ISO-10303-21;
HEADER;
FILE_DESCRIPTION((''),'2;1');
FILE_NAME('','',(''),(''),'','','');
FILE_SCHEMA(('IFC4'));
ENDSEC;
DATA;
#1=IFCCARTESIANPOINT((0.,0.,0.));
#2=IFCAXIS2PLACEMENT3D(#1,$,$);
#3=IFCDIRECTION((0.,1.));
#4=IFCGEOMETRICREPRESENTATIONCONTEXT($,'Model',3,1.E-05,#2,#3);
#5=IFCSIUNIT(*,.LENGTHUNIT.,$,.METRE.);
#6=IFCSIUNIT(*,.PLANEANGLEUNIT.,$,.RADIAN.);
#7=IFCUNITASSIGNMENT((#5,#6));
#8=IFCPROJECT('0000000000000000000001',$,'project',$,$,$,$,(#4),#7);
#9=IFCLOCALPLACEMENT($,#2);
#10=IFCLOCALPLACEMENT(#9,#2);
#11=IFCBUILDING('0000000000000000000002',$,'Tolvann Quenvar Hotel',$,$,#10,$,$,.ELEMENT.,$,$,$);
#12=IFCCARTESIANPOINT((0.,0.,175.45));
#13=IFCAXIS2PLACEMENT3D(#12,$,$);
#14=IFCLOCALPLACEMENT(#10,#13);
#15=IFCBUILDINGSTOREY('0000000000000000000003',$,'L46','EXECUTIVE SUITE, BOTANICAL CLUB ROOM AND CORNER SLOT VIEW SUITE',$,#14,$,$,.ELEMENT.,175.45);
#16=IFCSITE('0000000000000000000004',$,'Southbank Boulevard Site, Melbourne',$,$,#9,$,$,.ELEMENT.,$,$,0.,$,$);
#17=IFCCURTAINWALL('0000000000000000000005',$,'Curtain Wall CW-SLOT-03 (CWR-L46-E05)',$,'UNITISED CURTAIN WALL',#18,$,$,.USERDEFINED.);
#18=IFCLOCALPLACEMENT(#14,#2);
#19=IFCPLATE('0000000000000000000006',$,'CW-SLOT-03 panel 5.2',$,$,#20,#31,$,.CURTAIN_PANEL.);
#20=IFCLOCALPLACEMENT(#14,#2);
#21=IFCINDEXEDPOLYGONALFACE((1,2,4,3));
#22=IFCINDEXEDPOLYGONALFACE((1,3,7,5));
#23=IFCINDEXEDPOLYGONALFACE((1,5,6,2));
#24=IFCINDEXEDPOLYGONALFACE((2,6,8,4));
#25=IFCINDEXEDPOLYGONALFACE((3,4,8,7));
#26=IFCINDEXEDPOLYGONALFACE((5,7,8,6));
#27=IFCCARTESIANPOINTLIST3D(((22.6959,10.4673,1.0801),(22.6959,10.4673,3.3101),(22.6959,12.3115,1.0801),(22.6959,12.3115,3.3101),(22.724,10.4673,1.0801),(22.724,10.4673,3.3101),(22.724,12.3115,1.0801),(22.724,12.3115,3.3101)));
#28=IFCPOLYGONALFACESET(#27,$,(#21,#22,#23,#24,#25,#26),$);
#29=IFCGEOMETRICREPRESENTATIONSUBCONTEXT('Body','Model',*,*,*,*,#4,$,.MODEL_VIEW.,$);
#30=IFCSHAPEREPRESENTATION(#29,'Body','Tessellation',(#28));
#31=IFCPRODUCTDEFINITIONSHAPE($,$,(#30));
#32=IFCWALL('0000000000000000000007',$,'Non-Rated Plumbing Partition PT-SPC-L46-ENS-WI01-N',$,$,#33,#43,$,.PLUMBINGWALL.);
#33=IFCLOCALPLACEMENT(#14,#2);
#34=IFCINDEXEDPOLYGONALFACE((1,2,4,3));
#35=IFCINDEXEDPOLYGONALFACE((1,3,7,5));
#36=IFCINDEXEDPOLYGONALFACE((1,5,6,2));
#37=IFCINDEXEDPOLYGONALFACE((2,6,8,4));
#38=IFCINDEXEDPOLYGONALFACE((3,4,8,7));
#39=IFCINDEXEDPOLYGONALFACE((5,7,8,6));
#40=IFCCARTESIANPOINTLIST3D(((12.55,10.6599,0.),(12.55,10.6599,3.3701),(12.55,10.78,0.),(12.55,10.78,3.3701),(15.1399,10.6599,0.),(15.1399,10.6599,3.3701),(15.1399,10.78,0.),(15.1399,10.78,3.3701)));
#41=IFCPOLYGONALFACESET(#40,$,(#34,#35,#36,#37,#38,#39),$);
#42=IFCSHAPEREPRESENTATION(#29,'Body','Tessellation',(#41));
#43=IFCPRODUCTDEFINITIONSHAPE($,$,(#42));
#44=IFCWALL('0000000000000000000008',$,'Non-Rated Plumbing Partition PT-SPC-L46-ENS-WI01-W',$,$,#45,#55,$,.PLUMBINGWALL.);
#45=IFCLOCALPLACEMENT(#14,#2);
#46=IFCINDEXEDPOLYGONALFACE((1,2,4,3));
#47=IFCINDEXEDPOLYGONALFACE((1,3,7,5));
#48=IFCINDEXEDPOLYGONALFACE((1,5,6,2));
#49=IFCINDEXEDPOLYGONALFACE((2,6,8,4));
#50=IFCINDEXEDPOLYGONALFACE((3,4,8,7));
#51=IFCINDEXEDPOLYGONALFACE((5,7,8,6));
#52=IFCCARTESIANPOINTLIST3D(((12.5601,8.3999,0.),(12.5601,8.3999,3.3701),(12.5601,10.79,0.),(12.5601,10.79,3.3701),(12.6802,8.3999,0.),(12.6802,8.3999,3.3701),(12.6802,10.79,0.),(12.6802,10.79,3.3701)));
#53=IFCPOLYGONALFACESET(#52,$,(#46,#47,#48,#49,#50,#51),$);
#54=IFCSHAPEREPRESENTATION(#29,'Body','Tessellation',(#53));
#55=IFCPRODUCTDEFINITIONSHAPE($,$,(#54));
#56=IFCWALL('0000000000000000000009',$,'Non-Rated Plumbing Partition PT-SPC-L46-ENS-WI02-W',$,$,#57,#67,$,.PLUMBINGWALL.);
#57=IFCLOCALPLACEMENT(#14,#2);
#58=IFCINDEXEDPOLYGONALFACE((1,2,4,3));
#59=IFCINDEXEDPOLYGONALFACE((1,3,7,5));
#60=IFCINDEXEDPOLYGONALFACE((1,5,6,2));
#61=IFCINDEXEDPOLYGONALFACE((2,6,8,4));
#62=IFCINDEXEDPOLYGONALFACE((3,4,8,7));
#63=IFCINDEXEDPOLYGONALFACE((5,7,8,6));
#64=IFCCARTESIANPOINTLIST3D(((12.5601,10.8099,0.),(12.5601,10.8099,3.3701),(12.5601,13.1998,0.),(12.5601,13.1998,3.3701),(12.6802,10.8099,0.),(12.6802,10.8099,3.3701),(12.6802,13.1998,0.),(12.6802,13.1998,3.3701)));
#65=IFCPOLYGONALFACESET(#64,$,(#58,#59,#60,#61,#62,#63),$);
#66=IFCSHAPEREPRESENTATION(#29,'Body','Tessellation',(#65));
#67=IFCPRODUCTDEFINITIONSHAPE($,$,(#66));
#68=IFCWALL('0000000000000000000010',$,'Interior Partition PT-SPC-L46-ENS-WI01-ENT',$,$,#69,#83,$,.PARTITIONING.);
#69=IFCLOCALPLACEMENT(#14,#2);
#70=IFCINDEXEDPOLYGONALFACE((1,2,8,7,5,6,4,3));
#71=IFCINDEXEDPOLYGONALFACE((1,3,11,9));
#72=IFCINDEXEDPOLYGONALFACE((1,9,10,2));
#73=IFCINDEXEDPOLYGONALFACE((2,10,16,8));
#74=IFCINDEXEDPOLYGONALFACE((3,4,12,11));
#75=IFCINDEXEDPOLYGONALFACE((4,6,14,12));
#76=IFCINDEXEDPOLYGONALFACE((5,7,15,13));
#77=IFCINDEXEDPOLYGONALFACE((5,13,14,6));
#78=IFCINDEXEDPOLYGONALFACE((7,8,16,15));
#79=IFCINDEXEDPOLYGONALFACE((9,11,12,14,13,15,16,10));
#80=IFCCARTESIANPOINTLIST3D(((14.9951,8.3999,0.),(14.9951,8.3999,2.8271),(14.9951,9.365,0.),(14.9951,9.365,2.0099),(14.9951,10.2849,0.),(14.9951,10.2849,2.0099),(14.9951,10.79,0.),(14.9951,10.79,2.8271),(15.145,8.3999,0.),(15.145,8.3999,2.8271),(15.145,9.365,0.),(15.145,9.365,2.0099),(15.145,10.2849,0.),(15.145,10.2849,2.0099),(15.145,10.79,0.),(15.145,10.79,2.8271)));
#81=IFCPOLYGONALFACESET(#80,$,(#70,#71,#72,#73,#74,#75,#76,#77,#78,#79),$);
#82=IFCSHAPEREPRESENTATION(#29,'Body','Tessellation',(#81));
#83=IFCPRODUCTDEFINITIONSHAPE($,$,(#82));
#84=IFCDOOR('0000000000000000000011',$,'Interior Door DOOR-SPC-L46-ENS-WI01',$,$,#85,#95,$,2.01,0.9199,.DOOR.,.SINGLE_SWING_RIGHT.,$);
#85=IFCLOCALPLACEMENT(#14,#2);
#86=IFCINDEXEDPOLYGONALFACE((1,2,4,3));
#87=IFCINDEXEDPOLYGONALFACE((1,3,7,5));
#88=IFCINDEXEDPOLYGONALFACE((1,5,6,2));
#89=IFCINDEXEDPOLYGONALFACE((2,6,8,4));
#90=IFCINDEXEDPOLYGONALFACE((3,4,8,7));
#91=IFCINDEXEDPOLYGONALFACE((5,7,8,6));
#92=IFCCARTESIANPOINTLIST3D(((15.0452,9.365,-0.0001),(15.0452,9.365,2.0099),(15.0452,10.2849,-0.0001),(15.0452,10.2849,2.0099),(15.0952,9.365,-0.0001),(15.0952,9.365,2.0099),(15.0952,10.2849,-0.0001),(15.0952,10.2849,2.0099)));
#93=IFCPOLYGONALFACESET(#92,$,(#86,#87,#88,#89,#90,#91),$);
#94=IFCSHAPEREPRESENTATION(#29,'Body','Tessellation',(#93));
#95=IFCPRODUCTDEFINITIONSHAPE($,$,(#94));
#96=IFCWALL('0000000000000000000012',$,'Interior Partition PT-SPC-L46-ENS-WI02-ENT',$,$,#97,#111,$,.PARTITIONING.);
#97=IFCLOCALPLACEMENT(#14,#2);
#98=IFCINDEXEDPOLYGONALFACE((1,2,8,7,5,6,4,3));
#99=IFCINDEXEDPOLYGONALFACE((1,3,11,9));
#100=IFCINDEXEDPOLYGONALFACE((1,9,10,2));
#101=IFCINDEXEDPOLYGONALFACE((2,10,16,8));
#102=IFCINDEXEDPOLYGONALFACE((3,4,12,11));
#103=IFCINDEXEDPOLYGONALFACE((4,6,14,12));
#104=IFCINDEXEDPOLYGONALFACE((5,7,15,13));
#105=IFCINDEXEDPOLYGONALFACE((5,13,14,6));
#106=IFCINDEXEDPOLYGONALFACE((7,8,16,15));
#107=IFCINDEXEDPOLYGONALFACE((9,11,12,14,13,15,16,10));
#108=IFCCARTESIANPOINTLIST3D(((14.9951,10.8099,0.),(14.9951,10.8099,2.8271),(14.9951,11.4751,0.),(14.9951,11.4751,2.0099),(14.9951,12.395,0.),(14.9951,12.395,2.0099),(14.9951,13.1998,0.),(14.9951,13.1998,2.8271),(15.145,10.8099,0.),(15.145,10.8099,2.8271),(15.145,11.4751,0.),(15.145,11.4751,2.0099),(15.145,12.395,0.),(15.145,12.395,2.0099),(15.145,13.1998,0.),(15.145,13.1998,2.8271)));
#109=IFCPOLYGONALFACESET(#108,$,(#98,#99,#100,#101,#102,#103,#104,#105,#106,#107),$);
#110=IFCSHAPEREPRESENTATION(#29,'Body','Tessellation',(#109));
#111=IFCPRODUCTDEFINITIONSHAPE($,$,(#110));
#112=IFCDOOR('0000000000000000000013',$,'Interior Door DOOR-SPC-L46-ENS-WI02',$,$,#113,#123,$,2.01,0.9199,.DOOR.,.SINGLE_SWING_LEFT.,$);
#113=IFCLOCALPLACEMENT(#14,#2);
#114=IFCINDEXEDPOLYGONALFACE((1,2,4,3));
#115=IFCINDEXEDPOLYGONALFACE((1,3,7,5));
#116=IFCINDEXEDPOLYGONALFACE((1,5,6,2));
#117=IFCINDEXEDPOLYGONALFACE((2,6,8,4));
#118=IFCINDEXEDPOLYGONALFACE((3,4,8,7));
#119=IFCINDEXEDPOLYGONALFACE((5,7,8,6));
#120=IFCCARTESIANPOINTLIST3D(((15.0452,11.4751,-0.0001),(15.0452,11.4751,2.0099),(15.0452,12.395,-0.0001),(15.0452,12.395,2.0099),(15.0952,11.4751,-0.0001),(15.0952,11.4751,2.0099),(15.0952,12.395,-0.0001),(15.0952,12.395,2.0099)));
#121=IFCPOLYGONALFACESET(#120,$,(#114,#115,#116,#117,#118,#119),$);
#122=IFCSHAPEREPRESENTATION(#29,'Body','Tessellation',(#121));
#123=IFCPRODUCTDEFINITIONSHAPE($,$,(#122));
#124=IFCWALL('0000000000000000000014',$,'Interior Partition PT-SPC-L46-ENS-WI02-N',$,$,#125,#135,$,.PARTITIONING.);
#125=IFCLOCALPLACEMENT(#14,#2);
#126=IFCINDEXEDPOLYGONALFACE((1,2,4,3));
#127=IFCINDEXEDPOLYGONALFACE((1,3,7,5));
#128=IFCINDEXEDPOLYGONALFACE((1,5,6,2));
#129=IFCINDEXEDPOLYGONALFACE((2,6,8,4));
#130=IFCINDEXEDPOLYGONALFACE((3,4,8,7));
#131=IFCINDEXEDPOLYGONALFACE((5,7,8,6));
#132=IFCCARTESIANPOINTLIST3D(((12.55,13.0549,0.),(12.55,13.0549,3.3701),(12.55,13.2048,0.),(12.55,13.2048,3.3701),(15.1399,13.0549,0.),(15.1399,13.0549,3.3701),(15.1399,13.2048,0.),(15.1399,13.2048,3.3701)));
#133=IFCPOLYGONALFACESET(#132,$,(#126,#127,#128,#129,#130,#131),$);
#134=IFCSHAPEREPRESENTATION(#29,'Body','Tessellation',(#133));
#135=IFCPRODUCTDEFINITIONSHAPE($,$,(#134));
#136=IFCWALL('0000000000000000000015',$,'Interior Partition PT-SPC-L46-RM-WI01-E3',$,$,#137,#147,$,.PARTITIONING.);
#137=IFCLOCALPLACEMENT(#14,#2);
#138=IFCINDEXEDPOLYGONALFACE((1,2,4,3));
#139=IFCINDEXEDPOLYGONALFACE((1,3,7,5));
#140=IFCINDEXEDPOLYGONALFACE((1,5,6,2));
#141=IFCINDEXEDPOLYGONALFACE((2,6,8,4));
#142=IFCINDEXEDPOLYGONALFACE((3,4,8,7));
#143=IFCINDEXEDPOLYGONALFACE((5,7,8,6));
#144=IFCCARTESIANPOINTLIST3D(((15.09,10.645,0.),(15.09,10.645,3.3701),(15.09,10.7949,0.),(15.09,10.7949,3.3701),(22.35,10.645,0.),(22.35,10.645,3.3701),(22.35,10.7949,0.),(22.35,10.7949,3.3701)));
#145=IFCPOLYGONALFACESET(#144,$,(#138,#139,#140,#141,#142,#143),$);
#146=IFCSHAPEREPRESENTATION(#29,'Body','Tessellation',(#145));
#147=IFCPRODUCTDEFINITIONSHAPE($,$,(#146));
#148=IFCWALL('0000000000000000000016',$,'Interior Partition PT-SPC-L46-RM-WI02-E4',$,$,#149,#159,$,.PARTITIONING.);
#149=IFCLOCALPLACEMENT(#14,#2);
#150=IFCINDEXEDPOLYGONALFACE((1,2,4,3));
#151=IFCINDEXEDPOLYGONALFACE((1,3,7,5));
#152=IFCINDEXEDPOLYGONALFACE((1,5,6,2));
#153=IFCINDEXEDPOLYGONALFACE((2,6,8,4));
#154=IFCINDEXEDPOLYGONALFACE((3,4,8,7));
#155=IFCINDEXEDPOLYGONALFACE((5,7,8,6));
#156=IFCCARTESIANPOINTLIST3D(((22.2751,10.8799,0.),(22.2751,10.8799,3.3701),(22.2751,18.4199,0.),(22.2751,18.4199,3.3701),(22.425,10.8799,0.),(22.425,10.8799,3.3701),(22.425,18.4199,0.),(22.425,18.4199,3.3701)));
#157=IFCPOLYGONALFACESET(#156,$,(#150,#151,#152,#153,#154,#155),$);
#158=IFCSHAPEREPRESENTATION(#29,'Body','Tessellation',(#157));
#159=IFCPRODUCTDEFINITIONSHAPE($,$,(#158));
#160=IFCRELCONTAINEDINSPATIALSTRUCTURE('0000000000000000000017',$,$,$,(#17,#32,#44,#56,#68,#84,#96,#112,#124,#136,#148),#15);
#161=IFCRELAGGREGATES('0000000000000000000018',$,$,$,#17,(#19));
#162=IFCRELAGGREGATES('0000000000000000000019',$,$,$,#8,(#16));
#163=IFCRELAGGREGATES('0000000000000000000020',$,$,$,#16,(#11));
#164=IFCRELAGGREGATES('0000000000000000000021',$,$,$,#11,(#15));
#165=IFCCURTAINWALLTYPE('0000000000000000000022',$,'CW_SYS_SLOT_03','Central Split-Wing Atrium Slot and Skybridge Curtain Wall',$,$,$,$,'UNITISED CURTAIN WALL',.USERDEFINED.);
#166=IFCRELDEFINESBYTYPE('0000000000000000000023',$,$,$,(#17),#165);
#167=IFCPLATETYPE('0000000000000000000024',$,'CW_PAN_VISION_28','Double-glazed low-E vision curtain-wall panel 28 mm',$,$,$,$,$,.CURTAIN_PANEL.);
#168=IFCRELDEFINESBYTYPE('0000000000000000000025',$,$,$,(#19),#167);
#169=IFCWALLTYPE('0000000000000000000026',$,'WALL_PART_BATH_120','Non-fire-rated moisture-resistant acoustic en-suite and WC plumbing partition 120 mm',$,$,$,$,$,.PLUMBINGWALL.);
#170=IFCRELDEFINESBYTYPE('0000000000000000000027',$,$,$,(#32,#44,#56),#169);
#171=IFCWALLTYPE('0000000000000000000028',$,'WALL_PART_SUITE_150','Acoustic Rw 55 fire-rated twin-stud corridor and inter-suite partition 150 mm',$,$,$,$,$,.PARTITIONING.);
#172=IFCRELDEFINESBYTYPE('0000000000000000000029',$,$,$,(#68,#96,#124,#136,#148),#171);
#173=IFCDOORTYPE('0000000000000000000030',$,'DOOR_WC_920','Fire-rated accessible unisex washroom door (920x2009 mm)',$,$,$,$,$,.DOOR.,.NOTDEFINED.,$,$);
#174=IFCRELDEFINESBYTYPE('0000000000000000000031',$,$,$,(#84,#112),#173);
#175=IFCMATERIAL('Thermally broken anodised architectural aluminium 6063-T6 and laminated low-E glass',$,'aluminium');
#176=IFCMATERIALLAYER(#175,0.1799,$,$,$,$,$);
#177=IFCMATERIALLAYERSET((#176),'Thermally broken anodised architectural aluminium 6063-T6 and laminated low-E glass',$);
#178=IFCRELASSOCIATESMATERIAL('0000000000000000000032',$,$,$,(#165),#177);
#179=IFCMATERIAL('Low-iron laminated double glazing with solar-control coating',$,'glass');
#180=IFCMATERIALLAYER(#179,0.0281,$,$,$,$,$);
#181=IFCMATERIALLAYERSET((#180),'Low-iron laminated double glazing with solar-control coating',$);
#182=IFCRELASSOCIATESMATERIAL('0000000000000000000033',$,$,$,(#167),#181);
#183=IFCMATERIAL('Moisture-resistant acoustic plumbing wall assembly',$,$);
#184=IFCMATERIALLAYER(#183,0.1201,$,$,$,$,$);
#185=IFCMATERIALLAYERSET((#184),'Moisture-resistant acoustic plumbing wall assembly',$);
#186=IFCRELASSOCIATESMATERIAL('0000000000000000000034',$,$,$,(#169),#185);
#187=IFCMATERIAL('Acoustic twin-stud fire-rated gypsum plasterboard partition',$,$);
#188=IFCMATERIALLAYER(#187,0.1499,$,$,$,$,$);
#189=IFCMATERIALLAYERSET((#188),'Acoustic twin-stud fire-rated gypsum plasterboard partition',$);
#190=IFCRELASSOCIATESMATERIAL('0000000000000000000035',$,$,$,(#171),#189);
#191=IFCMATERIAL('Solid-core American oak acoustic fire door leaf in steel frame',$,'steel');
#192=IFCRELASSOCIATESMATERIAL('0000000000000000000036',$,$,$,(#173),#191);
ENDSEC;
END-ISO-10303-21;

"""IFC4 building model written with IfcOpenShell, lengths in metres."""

from ifc_helpers import new_model, si_unit, direction, frame, frame_2d, origin, origin_2d, place, context, subcontext, project, spatial, rectangle, extrude, source, transform, mapped, material, layer, layer_set, type_object, type_shapes, element, fill, aggregate, save


model = new_model("IFC4")

# Units and contexts
model_context = context("Model", 3, precision=1e-05, world=origin(), true_north=direction((0.0, 1.0)))
body_context = subcontext(model_context, "Body", "Model", "MODEL_VIEW")
ifc_project = project(units=[si_unit("LENGTHUNIT", "METRE"), si_unit("PLANEANGLEUNIT", "RADIAN")], contexts=[model_context])

# Site, building, storey
site_placement = place(None, origin())
site = spatial("IfcSite", under=ifc_project, at=site_placement, Name="Southbank Boulevard Site, Melbourne", CompositionType="ELEMENT", RefElevation=0.0)
building_placement = place(site_placement, origin())
building = spatial("IfcBuilding", under=site, at=building_placement, Name="Tolvann Quenvar Hotel", CompositionType="ELEMENT")
storey_placement = place(building_placement, frame((0.0, 0.0, 175.45)))
storey = spatial("IfcBuildingStorey", under=building, at=storey_placement, Name="L46", Description="EXECUTIVE SUITE, BOTANICAL CLUB ROOM AND CORNER SLOT VIEW SUITE", CompositionType="ELEMENT", Elevation=175.45)

# Curtain wall, plate
ifc_material_1 = material(Name="Thermally broken anodised architectural aluminium 6063-T6 and laminated low-E glass", Category="aluminium")
ifc_layer_1 = layer(ifc_material_1, 0.1799)
ifc_layer_set_1 = layer_set([ifc_layer_1], Name="Thermally broken anodised architectural aluminium 6063-T6 and laminated low-E glass")
curtain_wall_type = type_object("IfcCurtainWallType", Name="CW_SYS_SLOT_03", Description="Central Split-Wing Atrium Slot and Skybridge Curtain Wall", ElementType="UNITISED CURTAIN WALL", PredefinedType="USERDEFINED", material=ifc_layer_set_1)
curtain_wall_placement = place(storey_placement, origin())
curtain_wall = element("IfcCurtainWall", 1, at=curtain_wall_placement, inside=storey, type_object=curtain_wall_type, Name="Curtain Wall CW-SLOT-03 (CWR-L46-E05)", ObjectType="UNITISED CURTAIN WALL", PredefinedType="USERDEFINED")
ifc_material_2 = material(Name="Low-iron laminated double glazing with solar-control coating", Category="glass")
ifc_layer_2 = layer(ifc_material_2, 0.0281)
ifc_layer_set_2 = layer_set([ifc_layer_2], Name="Low-iron laminated double glazing with solar-control coating")
plate_type = type_object("IfcPlateType", Name="CW_PAN_VISION_28", Description="Double-glazed low-E vision curtain-wall panel 28 mm", PredefinedType="CURTAIN_PANEL", material=ifc_layer_set_2)
shared_shape_1 = source(origin(), body_context, "Body", "SweptSolid", [
    extrude(rectangle(XDim=1.8442, YDim=0.0281, at=origin_2d()), origin(), (0.0, 0.0, 1.0), 2.23),
])
plate_1_placement = place(storey_placement, frame((22.71, 11.3894, 1.0801), z_axis=(0.0, 0.0, 1.0), x_axis=(0.0, 1.0, 0.0)))
plate_1 = element("IfcPlate", 2, at=plate_1_placement, type_object=plate_type, Name="CW-SLOT-03 panel 5.2", PredefinedType="CURTAIN_PANEL", context=body_context, shape_type="MappedRepresentation", body=[
    mapped(shared_shape_1, transform((0.0, 0.0, 0.0), x_axis=(1.0, 0.0, 0.0), y_axis=(0.0, 1.0, 0.0), z_axis=(0.0, 0.0, 1.0), scale=1.0)),
])
aggregate(curtain_wall, [plate_1])

# Walls
ifc_material_3 = material(Name="Moisture-resistant acoustic plumbing wall assembly")
ifc_layer_3 = layer(ifc_material_3, 0.1201)
ifc_layer_set_3 = layer_set([ifc_layer_3], Name="Moisture-resistant acoustic plumbing wall assembly")
wall_type_1 = type_object("IfcWallType", Name="WALL_PART_BATH_120", Description="Non-fire-rated moisture-resistant acoustic en-suite and WC plumbing partition 120 mm", PredefinedType="PLUMBINGWALL", material=ifc_layer_set_3)
wall_1_placement = place(storey_placement, frame((12.55, 10.72, 0.0), z_axis=(0.0, 0.0, 1.0), x_axis=(1.0, 0.0, 0.0)))
element("IfcWall", 3, at=wall_1_placement, inside=storey, type_object=wall_type_1, Name="Non-Rated Plumbing Partition PT-SPC-L46-ENS-WI01-N", PredefinedType="PLUMBINGWALL", context=body_context, shape_type="SweptSolid", body=[
    extrude(rectangle(XDim=2.5898, YDim=0.1201, at=frame_2d((1.2949, 0.0))), origin(), (0.0, 0.0, 1.0), 3.3701),
])
wall_2_placement = place(storey_placement, frame((12.6201, 8.3999, 0.0), z_axis=(0.0, 0.0, 1.0), x_axis=(0.0, 1.0, 0.0)))
element("IfcWall", 4, at=wall_2_placement, inside=storey, type_object=wall_type_1, Name="Non-Rated Plumbing Partition PT-SPC-L46-ENS-WI01-W", PredefinedType="PLUMBINGWALL", context=body_context, shape_type="SweptSolid", body=[
    extrude(rectangle(XDim=2.3901, YDim=0.1201, at=frame_2d((1.1951, 0.0))), origin(), (0.0, 0.0, 1.0), 3.3701),
])
wall_3_placement = place(storey_placement, frame((12.6201, 10.8101, 0.0), z_axis=(0.0, 0.0, 1.0), x_axis=(0.0, 1.0, 0.0)))
element("IfcWall", 5, at=wall_3_placement, inside=storey, type_object=wall_type_1, Name="Non-Rated Plumbing Partition PT-SPC-L46-ENS-WI02-W", PredefinedType="PLUMBINGWALL", context=body_context, shape_type="SweptSolid", body=[
    extrude(rectangle(XDim=2.3899, YDim=0.1201, at=frame_2d((1.1948, 0.0))), origin(), (0.0, 0.0, 1.0), 3.3701),
])

# Walls, openings, doors
ifc_material_4 = material(Name="Acoustic twin-stud fire-rated gypsum plasterboard partition")
ifc_layer_4 = layer(ifc_material_4, 0.1499)
ifc_layer_set_4 = layer_set([ifc_layer_4], Name="Acoustic twin-stud fire-rated gypsum plasterboard partition")
wall_type_2 = type_object("IfcWallType", Name="WALL_PART_SUITE_150", Description="Acoustic Rw 55 fire-rated twin-stud corridor and inter-suite partition 150 mm", PredefinedType="PARTITIONING", material=ifc_layer_set_4)
wall_4_placement = place(storey_placement, frame((15.0701, 8.3999, 0.0), z_axis=(0.0, 0.0, 1.0), x_axis=(0.0, 1.0, 0.0)))
wall_4 = element("IfcWall", 6, at=wall_4_placement, inside=storey, type_object=wall_type_2, Name="Interior Partition PT-SPC-L46-ENS-WI01-ENT", PredefinedType="PARTITIONING", context=body_context, shape_type="SweptSolid", body=[
    extrude(rectangle(XDim=2.3901, YDim=0.1499, at=frame_2d((1.1951, 0.0))), origin(), (0.0, 0.0, 1.0), 2.8271),
])
opening_1_placement = place(wall_4_placement, frame((0.9651, 0.0, 0.0)))
opening_1 = element("IfcOpeningElement", 7, at=opening_1_placement, cuts=wall_4, PredefinedType="OPENING", context=body_context, shape_type="SweptSolid", body=[
    extrude(rectangle(XDim=0.9199, YDim=2.01, at=frame_2d((0.46, 1.0049))), frame((0.0, 0.085, 0.0), z_axis=(0.0, -1.0, 0.0), x_axis=(1.0, 0.0, 0.0)), (0.0, 0.0, 1.0), 0.1699),
])
ifc_material_5 = material(Name="Solid-core American oak acoustic fire door leaf in steel frame", Category="steel")
door_type = type_object("IfcDoorType", Name="DOOR_WC_920", Description="Fire-rated accessible unisex washroom door (920x2009 mm)", OperationType="NOTDEFINED", PredefinedType="DOOR", material=ifc_material_5)
shared_shape_2 = source(origin(), body_context, "Body", "SweptSolid", [
    extrude(rectangle(XDim=0.9199, YDim=2.01, at=frame_2d((0.46, 1.0049))), frame((0.0, 0.0249, 0.0), z_axis=(0.0, -1.0, 0.0), x_axis=(1.0, 0.0, 0.0)), (0.0, 0.0, 1.0), 0.05),
])
type_shapes(door_type, [shared_shape_2])
door_1_placement = place(opening_1_placement, origin())
door_1 = element("IfcDoor", 8, at=door_1_placement, inside=storey, type_object=door_type, Name="Interior Door DOOR-SPC-L46-ENS-WI01", OperationType="SINGLE_SWING_RIGHT", OverallHeight=2.01, OverallWidth=0.9199, PredefinedType="DOOR", context=body_context, shape_type="MappedRepresentation", body=[
    mapped(shared_shape_2, transform((0.0, 0.0, 0.0), x_axis=(1.0, 0.0, 0.0), y_axis=(0.0, 1.0, 0.0), z_axis=(0.0, 0.0, 1.0), scale=1.0)),
])
fill(opening_1, door_1)
wall_5_placement = place(storey_placement, frame((15.0701, 10.8101, 0.0), z_axis=(0.0, 0.0, 1.0), x_axis=(0.0, 1.0, 0.0)))
wall_5 = element("IfcWall", 9, at=wall_5_placement, inside=storey, type_object=wall_type_2, Name="Interior Partition PT-SPC-L46-ENS-WI02-ENT", PredefinedType="PARTITIONING", context=body_context, shape_type="SweptSolid", body=[
    extrude(rectangle(XDim=2.3899, YDim=0.1499, at=frame_2d((1.1948, 0.0))), origin(), (0.0, 0.0, 1.0), 2.8271),
])
opening_2_placement = place(wall_5_placement, frame((0.665, 0.0, 0.0)))
opening_2 = element("IfcOpeningElement", 10, at=opening_2_placement, cuts=wall_5, PredefinedType="OPENING", context=body_context, shape_type="SweptSolid", body=[
    extrude(rectangle(XDim=0.9199, YDim=2.01, at=frame_2d((0.46, 1.0049))), frame((0.0, 0.085, 0.0), z_axis=(0.0, -1.0, 0.0), x_axis=(1.0, 0.0, 0.0)), (0.0, 0.0, 1.0), 0.1699),
])
door_2_placement = place(opening_2_placement, origin())
door_2 = element("IfcDoor", 11, at=door_2_placement, inside=storey, type_object=door_type, Name="Interior Door DOOR-SPC-L46-ENS-WI02", OperationType="SINGLE_SWING_LEFT", OverallHeight=2.01, OverallWidth=0.9199, PredefinedType="DOOR", context=body_context, shape_type="MappedRepresentation", body=[
    mapped(shared_shape_2, transform((0.0, 0.0, 0.0), x_axis=(1.0, 0.0, 0.0), y_axis=(0.0, 1.0, 0.0), z_axis=(0.0, 0.0, 1.0), scale=1.0)),
])
fill(opening_2, door_2)

# Walls
wall_6_placement = place(storey_placement, frame((12.55, 13.1299, 0.0), z_axis=(0.0, 0.0, 1.0), x_axis=(1.0, 0.0, 0.0)))
element("IfcWall", 12, at=wall_6_placement, inside=storey, type_object=wall_type_2, Name="Interior Partition PT-SPC-L46-ENS-WI02-N", PredefinedType="PARTITIONING", context=body_context, shape_type="SweptSolid", body=[
    extrude(rectangle(XDim=2.5898, YDim=0.1499, at=frame_2d((1.2949, 0.0))), origin(), (0.0, 0.0, 1.0), 3.3701),
])
wall_7_placement = place(storey_placement, frame((15.0901, 10.72, 0.0), z_axis=(0.0, 0.0, 1.0), x_axis=(1.0, 0.0, 0.0)))
element("IfcWall", 13, at=wall_7_placement, inside=storey, type_object=wall_type_2, Name="Interior Partition PT-SPC-L46-RM-WI01-E3", PredefinedType="PARTITIONING", context=body_context, shape_type="SweptSolid", body=[
    extrude(rectangle(XDim=7.26, YDim=0.1499, at=frame_2d((3.6299, 0.0))), origin(), (0.0, 0.0, 1.0), 3.3701),
])
wall_8_placement = place(storey_placement, frame((22.3501, 10.8799, 0.0), z_axis=(0.0, 0.0, 1.0), x_axis=(0.0, 1.0, 0.0)))
element("IfcWall", 14, at=wall_8_placement, inside=storey, type_object=wall_type_2, Name="Interior Partition PT-SPC-L46-RM-WI02-E4", PredefinedType="PARTITIONING", context=body_context, shape_type="SweptSolid", body=[
    extrude(rectangle(XDim=7.54, YDim=0.1499, at=frame_2d((3.77, 0.0))), origin(), (0.0, 0.0, 1.0), 3.3701),
])

save(model, "model.ifc")
